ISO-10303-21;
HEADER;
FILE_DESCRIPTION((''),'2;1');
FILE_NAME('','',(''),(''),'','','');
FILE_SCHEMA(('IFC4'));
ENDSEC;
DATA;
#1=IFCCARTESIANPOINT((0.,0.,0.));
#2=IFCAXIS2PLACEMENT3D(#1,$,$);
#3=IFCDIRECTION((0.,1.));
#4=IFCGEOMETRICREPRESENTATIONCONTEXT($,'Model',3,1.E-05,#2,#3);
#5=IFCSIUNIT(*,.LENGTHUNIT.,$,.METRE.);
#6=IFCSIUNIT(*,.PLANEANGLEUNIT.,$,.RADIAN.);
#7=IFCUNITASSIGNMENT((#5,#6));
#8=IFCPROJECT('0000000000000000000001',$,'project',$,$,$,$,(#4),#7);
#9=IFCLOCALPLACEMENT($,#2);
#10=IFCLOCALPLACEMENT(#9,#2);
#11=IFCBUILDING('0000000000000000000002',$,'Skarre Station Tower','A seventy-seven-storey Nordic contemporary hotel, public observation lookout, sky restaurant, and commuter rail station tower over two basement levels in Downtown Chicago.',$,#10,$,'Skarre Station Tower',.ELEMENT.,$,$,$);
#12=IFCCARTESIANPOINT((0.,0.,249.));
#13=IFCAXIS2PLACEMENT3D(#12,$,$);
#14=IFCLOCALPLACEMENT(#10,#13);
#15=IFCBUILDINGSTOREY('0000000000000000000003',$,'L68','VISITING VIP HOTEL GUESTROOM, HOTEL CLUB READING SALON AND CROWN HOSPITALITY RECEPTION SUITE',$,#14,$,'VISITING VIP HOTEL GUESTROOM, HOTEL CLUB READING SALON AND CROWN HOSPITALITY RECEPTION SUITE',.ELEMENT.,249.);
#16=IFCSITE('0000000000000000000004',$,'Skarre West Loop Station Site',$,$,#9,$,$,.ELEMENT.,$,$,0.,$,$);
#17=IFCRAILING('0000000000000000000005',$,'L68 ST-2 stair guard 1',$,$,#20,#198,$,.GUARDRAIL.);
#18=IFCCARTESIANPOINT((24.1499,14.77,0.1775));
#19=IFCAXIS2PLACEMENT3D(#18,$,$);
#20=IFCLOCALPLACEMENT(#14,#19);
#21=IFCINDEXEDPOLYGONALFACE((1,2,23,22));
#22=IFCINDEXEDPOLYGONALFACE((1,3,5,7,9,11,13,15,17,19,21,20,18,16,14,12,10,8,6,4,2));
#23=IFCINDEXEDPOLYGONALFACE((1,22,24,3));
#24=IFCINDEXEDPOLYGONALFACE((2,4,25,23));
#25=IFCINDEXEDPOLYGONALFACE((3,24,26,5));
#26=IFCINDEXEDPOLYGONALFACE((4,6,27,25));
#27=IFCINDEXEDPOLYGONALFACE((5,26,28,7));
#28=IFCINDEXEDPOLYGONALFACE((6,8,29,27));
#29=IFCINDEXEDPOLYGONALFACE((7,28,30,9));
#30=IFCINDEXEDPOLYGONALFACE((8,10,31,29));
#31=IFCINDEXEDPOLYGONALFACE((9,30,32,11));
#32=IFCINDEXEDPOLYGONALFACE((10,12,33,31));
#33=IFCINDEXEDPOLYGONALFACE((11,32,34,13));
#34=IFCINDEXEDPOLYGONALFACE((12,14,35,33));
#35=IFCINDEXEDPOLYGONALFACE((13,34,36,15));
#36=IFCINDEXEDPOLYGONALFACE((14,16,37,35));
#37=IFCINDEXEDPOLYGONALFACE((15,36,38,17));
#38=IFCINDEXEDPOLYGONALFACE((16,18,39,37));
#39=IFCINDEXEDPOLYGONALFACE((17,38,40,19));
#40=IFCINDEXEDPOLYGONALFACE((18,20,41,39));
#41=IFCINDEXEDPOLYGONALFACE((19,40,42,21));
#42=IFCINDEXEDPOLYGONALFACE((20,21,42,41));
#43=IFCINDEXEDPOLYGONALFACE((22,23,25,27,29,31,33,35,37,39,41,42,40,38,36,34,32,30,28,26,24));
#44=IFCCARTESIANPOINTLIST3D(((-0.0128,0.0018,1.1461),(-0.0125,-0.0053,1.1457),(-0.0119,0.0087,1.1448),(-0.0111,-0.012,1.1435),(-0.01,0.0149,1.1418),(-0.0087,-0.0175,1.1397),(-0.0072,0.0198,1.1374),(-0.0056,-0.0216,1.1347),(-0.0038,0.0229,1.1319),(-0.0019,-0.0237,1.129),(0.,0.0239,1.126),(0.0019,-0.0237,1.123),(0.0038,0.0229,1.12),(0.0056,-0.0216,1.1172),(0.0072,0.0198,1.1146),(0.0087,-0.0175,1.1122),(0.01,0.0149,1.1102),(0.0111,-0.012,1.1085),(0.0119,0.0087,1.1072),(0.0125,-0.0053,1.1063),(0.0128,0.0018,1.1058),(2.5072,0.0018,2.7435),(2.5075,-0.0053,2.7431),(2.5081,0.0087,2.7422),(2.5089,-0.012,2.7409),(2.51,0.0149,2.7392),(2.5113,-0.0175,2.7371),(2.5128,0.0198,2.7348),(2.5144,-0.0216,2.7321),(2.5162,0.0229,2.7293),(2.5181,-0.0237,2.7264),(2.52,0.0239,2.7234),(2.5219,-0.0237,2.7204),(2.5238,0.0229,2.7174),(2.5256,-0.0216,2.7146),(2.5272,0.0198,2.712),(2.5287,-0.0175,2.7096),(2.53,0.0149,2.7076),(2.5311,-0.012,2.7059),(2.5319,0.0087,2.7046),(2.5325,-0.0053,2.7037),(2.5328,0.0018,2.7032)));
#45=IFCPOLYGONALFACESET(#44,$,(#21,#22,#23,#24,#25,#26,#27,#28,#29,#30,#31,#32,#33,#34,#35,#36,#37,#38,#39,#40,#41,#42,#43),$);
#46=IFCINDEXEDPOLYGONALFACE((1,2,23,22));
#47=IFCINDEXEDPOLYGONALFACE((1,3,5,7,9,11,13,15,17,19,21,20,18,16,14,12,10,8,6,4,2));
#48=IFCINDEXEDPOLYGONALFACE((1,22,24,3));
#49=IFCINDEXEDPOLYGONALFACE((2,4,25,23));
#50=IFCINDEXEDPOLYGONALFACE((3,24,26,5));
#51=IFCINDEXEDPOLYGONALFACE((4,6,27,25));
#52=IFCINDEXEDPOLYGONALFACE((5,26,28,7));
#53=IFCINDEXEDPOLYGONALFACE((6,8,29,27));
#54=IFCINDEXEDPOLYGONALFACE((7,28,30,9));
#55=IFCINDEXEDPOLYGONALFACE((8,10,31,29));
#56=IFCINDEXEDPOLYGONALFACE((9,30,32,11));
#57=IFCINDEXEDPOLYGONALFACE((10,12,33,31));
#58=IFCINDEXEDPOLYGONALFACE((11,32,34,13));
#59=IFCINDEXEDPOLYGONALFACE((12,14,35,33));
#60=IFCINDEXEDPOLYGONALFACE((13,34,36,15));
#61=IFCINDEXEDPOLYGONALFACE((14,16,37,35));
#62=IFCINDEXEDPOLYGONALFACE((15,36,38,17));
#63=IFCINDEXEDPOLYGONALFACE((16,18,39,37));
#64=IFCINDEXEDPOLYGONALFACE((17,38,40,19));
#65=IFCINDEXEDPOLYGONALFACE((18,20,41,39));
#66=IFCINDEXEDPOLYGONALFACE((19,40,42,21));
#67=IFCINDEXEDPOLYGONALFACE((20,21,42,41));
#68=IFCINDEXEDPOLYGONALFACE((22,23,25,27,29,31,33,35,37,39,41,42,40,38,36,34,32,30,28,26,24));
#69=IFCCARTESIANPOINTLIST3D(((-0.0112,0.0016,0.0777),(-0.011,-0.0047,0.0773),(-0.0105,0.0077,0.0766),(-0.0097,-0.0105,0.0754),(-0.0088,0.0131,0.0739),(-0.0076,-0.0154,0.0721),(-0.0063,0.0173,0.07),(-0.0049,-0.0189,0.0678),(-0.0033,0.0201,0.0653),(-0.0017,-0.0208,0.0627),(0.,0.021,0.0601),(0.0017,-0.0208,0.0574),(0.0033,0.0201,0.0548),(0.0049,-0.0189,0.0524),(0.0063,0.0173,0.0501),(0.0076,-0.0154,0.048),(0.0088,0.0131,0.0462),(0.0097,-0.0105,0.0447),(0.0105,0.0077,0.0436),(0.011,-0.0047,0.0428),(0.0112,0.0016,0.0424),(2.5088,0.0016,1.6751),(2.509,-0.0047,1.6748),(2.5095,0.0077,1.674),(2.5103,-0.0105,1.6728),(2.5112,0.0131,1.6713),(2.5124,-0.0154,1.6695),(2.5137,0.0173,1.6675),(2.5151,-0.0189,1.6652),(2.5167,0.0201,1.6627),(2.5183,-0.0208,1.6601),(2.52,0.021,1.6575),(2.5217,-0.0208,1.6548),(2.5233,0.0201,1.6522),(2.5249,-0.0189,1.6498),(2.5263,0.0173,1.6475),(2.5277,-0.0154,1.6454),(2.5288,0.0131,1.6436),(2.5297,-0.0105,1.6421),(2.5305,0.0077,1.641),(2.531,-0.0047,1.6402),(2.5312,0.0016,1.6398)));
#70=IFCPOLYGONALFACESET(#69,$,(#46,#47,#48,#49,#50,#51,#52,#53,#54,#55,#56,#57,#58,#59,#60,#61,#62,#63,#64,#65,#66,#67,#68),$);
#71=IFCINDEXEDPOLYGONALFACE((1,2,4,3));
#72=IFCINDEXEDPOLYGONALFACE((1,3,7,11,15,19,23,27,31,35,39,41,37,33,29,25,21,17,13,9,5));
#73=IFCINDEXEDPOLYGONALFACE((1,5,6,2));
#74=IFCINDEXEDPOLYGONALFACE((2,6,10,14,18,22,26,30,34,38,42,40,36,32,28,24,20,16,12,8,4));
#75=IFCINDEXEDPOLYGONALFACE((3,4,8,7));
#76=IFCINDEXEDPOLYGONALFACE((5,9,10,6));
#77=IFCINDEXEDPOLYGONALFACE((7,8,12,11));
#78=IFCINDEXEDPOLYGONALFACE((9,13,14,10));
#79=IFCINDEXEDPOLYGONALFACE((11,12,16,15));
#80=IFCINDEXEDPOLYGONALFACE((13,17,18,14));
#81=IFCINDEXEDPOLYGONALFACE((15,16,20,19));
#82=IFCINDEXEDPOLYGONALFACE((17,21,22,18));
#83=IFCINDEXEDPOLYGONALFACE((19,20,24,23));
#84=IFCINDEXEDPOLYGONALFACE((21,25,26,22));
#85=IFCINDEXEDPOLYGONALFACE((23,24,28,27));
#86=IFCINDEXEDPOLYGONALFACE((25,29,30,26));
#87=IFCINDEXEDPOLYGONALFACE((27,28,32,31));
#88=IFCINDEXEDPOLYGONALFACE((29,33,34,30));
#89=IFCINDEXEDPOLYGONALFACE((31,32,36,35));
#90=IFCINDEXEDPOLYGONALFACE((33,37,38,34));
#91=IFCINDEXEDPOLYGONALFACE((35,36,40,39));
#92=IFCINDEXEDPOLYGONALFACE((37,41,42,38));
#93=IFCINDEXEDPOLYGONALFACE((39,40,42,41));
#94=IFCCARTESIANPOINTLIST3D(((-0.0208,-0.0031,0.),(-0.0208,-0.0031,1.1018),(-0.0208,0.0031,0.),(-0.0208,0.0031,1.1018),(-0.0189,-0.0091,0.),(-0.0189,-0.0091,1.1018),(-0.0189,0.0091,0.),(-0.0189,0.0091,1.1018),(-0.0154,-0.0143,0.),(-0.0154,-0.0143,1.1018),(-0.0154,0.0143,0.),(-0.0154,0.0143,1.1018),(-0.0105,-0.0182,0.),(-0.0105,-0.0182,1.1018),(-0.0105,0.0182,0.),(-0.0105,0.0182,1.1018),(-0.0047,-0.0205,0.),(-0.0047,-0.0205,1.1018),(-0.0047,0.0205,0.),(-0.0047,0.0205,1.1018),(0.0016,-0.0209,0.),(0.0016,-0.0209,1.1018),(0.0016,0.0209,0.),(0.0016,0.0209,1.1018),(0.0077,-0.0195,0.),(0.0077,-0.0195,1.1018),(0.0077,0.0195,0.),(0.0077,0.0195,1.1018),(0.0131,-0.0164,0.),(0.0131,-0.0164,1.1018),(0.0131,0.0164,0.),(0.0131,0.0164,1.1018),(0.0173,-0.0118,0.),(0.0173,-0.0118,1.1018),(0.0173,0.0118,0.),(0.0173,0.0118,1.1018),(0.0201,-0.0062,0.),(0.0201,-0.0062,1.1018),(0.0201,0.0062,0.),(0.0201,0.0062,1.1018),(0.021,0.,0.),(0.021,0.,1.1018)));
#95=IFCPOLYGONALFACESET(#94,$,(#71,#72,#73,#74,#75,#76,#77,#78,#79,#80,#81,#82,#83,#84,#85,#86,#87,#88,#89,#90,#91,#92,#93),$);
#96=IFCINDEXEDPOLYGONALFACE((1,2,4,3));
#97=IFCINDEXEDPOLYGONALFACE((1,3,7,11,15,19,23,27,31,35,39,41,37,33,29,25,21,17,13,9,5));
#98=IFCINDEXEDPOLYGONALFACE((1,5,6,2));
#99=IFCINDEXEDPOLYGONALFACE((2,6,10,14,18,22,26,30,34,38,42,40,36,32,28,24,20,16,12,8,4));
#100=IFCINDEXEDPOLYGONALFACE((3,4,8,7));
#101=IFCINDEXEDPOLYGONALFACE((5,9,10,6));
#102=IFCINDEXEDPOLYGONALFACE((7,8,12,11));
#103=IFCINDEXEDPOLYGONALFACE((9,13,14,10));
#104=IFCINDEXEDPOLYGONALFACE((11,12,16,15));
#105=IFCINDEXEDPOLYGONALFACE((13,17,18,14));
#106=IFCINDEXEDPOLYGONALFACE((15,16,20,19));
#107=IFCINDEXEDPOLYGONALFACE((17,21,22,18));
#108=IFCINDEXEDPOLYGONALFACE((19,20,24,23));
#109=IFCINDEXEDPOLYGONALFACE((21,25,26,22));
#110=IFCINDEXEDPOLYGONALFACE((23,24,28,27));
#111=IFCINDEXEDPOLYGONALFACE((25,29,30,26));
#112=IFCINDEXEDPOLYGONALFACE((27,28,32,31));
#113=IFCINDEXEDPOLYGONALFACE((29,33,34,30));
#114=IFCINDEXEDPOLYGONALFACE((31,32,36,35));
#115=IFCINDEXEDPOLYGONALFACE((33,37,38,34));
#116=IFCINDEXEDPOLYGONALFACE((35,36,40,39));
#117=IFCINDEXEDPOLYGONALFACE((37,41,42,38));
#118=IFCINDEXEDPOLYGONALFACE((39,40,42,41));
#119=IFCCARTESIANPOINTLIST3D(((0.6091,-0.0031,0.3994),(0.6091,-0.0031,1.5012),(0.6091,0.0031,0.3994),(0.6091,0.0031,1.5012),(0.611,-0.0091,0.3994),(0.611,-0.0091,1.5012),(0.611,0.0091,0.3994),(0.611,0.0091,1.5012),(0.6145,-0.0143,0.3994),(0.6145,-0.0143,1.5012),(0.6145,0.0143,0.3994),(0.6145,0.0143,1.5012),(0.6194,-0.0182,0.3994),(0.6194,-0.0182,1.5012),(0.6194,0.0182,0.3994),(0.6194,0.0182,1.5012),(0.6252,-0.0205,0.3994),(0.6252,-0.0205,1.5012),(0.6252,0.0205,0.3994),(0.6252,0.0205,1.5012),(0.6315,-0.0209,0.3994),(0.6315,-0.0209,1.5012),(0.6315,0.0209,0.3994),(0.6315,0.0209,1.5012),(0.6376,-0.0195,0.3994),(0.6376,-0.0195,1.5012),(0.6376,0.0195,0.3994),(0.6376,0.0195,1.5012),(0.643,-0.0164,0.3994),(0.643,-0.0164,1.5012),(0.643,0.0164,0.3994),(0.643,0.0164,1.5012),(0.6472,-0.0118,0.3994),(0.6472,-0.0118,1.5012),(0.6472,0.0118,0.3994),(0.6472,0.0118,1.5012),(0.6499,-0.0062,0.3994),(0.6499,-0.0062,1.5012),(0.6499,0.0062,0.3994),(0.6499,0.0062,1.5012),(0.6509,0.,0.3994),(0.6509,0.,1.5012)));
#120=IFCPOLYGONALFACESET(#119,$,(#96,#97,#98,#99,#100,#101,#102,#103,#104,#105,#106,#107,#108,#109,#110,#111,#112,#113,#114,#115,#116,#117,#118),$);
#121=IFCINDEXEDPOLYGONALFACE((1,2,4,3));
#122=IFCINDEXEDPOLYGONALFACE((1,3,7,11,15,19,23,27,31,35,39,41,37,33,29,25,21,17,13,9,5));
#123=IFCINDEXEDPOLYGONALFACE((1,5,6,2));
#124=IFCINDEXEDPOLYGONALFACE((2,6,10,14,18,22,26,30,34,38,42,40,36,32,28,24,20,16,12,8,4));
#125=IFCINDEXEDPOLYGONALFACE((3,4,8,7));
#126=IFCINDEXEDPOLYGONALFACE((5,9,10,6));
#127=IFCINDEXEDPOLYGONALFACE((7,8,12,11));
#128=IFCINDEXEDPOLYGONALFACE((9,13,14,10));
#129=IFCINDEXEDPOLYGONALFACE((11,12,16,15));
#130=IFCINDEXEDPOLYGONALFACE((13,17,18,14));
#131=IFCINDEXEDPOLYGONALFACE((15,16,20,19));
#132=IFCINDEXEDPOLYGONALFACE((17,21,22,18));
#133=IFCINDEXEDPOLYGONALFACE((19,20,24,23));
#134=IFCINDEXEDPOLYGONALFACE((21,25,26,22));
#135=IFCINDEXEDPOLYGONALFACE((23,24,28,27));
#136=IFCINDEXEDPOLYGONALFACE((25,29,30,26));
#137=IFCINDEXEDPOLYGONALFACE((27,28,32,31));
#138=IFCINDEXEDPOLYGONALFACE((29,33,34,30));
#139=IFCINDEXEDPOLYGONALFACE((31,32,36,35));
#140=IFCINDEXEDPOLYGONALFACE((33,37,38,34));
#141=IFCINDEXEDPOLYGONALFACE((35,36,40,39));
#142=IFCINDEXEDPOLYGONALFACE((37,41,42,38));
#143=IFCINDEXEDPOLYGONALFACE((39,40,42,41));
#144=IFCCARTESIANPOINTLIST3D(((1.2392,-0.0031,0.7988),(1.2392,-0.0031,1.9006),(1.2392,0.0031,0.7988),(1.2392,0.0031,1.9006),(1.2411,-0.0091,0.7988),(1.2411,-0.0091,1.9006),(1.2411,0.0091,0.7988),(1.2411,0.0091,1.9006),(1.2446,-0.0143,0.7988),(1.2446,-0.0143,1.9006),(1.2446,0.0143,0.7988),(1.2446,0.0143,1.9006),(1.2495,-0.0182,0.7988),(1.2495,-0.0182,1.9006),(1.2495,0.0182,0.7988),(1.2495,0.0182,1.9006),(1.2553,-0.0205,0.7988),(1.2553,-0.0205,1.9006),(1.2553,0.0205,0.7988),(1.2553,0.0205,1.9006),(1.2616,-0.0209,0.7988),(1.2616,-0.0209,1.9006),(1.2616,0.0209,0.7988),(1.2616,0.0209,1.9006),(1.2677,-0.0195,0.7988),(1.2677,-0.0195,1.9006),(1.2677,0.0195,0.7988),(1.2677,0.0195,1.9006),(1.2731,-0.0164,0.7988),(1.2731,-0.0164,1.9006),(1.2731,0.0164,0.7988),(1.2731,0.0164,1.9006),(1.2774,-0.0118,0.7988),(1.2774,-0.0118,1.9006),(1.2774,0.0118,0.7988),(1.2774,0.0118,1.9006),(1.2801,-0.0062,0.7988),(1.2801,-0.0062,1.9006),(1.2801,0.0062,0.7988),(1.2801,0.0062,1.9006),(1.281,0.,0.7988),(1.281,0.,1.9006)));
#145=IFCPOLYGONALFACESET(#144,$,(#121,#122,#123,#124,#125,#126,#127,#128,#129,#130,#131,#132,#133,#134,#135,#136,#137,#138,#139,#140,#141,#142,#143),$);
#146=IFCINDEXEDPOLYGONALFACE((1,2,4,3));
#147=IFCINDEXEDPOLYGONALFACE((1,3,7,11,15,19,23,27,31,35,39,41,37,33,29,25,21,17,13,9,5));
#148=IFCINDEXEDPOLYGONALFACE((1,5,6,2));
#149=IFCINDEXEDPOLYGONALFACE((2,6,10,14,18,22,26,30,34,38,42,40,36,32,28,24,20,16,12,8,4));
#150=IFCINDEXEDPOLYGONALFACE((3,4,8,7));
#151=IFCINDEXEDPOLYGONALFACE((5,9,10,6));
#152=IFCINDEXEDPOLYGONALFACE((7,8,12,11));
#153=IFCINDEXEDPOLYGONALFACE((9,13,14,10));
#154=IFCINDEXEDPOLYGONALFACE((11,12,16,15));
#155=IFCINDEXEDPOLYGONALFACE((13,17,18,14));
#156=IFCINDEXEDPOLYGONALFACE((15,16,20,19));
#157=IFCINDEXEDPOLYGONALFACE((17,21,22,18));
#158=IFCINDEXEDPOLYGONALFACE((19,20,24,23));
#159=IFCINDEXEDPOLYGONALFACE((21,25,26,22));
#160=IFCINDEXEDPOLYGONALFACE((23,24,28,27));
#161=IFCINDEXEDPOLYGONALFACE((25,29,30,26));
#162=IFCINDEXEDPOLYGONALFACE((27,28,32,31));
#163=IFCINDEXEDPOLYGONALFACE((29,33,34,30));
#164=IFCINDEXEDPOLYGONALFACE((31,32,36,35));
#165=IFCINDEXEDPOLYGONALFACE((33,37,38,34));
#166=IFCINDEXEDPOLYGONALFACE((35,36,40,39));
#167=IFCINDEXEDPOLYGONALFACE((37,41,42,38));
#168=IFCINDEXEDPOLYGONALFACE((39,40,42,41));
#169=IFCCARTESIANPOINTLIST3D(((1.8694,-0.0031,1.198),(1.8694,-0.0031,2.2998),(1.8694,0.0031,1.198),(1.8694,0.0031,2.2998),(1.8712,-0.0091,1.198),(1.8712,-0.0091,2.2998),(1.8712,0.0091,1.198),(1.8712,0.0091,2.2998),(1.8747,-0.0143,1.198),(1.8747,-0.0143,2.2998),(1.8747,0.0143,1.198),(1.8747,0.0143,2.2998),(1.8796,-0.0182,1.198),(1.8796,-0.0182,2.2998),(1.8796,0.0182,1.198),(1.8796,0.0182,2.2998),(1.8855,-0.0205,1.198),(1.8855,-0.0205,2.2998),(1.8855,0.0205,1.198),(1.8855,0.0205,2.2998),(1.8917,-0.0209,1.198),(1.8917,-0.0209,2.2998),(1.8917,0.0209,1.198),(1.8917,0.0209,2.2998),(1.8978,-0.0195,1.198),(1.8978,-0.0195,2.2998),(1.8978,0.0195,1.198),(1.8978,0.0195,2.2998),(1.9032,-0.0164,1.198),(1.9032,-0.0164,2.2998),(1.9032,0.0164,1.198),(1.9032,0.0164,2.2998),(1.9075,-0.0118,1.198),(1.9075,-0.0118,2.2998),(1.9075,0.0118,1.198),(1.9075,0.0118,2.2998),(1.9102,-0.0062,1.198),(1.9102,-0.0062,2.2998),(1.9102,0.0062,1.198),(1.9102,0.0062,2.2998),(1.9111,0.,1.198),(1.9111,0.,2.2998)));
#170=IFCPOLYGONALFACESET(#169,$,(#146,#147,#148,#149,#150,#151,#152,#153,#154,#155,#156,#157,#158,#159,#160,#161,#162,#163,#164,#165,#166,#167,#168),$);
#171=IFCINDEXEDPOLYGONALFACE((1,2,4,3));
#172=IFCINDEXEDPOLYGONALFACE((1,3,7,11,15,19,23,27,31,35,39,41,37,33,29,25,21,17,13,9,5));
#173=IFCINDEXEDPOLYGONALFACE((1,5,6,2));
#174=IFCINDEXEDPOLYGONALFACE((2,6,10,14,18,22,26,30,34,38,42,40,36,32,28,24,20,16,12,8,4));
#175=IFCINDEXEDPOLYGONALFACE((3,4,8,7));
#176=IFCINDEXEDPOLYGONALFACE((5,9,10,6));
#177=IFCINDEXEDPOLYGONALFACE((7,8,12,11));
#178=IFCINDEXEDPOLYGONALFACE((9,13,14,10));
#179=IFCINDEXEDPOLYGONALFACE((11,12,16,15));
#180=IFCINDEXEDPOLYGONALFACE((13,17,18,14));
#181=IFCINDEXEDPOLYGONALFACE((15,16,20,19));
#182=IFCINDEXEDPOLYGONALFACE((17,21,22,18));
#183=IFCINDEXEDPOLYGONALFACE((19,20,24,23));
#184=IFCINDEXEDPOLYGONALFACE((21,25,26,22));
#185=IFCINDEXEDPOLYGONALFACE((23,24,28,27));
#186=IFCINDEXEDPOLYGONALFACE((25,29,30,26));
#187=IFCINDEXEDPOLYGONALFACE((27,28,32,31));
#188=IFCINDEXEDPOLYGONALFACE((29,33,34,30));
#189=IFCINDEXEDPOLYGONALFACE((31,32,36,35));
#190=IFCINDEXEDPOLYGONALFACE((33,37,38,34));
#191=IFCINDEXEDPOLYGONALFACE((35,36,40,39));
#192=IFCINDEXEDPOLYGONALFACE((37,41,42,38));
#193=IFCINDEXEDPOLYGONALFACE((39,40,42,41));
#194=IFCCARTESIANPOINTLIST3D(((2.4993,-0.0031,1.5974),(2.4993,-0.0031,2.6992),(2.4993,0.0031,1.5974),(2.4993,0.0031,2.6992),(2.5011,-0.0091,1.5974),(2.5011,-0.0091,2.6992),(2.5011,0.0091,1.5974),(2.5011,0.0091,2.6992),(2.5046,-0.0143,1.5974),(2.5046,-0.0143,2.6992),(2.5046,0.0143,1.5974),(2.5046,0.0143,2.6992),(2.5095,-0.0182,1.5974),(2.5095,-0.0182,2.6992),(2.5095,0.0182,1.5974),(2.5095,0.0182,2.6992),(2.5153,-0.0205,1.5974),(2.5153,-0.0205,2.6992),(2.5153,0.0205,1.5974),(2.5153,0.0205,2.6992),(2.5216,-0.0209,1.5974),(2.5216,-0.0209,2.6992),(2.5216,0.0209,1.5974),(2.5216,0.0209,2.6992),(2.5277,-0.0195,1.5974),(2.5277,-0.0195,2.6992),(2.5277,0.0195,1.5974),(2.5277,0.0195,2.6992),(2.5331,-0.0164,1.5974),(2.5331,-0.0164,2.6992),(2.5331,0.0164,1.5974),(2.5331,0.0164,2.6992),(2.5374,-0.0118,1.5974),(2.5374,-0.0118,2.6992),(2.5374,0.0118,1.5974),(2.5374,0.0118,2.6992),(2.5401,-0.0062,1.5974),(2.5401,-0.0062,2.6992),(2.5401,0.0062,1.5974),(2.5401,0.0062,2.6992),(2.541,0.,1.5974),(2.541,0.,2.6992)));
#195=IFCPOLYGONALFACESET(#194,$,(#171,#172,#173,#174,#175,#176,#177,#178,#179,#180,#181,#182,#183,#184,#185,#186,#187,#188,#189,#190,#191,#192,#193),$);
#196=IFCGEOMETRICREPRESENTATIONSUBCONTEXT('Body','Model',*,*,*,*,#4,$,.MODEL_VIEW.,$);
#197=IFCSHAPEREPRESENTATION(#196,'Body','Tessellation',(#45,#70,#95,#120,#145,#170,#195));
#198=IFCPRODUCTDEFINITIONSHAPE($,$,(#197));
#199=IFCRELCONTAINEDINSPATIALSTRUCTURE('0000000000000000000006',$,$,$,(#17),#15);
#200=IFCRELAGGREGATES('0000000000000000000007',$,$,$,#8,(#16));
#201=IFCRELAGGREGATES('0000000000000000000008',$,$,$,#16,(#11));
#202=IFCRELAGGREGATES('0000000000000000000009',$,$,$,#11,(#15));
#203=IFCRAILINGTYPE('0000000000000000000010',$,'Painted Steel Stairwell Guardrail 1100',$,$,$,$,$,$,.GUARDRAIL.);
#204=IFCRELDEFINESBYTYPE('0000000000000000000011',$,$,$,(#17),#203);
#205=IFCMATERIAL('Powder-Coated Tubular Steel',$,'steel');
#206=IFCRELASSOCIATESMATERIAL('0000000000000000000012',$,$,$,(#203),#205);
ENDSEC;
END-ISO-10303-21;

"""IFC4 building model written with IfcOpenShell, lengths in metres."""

from ifc_helpers import new_model, si_unit, direction, frame, origin, origin_2d, place, context, subcontext, project, spatial, circle, extrude, material, type_object, element, save


model = new_model("IFC4")

# Units and contexts
model_context = context("Model", 3, precision=1e-05, world=origin(), true_north=direction((0.0, 1.0)))
body_context = subcontext(model_context, "Body", "Model", "MODEL_VIEW")
ifc_project = project(units=[si_unit("LENGTHUNIT", "METRE"), si_unit("PLANEANGLEUNIT", "RADIAN")], contexts=[model_context])

# Site, building, storey
site_placement = place(None, origin())
site = spatial("IfcSite", under=ifc_project, at=site_placement, Name="Skarre West Loop Station Site", CompositionType="ELEMENT", RefElevation=0.0)
building_placement = place(site_placement, origin())
building = spatial("IfcBuilding", under=site, at=building_placement, Name="Skarre Station Tower", Description="A seventy-seven-storey Nordic contemporary hotel, public observation lookout, sky restaurant, and commuter rail station tower over two basement levels in Downtown Chicago.", LongName="Skarre Station Tower", CompositionType="ELEMENT")
storey_placement = place(building_placement, frame((0.0, 0.0, 249.0)))
storey = spatial("IfcBuildingStorey", under=building, at=storey_placement, Name="L68", Description="VISITING VIP HOTEL GUESTROOM, HOTEL CLUB READING SALON AND CROWN HOSPITALITY RECEPTION SUITE", LongName="VISITING VIP HOTEL GUESTROOM, HOTEL CLUB READING SALON AND CROWN HOSPITALITY RECEPTION SUITE", CompositionType="ELEMENT", Elevation=249.0)

# Railing
ifc_material_1 = material(Name="Powder-Coated Tubular Steel", Category="steel")
railing_type_1 = type_object("IfcRailingType", Name="Painted Steel Stairwell Guardrail 1100", PredefinedType="GUARDRAIL", material=ifc_material_1)
railing_1_placement = place(storey_placement, frame((24.1499, 14.77, 0.1775)))
element("IfcRailing", 1, at=railing_1_placement, inside=storey, type_object=railing_type_1, Name="L68 ST-2 stair guard 1", PredefinedType="GUARDRAIL", context=body_context, shape_type="SweptSolid", body=[
    extrude(circle(Radius=0.0239, at=origin_2d()), frame((0.0, 0.0, 1.126), z_axis=(0.844607, 0.0, 0.535387), x_axis=(0.0, 1.0, 0.0)), (0.0, 0.0, 1.0), 2.9836),
    extrude(circle(Radius=0.021, at=origin_2d()), frame((0.0, 0.0, 0.0601), z_axis=(0.844607, 0.0, 0.535387), x_axis=(0.0, 1.0, 0.0)), (0.0, 0.0, 1.0), 2.9836),
    extrude(circle(Radius=0.021, at=origin_2d()), origin(), (0.0, 0.0, 1.0), 1.1018),
    extrude(circle(Radius=0.021, at=origin_2d()), frame((0.6299, 0.0, 0.3994)), (0.0, 0.0, 1.0), 1.1018),
    extrude(circle(Radius=0.021, at=origin_2d()), frame((1.26, 0.0, 0.7988)), (0.0, 0.0, 1.0), 1.1018),
    extrude(circle(Radius=0.021, at=origin_2d()), frame((1.8901, 0.0, 1.198)), (0.0, 0.0, 1.0), 1.1018),
    extrude(circle(Radius=0.021, at=origin_2d()), frame((2.52, 0.0, 1.5974)), (0.0, 0.0, 1.0), 1.1018),
])

save(model, "model.ifc")
